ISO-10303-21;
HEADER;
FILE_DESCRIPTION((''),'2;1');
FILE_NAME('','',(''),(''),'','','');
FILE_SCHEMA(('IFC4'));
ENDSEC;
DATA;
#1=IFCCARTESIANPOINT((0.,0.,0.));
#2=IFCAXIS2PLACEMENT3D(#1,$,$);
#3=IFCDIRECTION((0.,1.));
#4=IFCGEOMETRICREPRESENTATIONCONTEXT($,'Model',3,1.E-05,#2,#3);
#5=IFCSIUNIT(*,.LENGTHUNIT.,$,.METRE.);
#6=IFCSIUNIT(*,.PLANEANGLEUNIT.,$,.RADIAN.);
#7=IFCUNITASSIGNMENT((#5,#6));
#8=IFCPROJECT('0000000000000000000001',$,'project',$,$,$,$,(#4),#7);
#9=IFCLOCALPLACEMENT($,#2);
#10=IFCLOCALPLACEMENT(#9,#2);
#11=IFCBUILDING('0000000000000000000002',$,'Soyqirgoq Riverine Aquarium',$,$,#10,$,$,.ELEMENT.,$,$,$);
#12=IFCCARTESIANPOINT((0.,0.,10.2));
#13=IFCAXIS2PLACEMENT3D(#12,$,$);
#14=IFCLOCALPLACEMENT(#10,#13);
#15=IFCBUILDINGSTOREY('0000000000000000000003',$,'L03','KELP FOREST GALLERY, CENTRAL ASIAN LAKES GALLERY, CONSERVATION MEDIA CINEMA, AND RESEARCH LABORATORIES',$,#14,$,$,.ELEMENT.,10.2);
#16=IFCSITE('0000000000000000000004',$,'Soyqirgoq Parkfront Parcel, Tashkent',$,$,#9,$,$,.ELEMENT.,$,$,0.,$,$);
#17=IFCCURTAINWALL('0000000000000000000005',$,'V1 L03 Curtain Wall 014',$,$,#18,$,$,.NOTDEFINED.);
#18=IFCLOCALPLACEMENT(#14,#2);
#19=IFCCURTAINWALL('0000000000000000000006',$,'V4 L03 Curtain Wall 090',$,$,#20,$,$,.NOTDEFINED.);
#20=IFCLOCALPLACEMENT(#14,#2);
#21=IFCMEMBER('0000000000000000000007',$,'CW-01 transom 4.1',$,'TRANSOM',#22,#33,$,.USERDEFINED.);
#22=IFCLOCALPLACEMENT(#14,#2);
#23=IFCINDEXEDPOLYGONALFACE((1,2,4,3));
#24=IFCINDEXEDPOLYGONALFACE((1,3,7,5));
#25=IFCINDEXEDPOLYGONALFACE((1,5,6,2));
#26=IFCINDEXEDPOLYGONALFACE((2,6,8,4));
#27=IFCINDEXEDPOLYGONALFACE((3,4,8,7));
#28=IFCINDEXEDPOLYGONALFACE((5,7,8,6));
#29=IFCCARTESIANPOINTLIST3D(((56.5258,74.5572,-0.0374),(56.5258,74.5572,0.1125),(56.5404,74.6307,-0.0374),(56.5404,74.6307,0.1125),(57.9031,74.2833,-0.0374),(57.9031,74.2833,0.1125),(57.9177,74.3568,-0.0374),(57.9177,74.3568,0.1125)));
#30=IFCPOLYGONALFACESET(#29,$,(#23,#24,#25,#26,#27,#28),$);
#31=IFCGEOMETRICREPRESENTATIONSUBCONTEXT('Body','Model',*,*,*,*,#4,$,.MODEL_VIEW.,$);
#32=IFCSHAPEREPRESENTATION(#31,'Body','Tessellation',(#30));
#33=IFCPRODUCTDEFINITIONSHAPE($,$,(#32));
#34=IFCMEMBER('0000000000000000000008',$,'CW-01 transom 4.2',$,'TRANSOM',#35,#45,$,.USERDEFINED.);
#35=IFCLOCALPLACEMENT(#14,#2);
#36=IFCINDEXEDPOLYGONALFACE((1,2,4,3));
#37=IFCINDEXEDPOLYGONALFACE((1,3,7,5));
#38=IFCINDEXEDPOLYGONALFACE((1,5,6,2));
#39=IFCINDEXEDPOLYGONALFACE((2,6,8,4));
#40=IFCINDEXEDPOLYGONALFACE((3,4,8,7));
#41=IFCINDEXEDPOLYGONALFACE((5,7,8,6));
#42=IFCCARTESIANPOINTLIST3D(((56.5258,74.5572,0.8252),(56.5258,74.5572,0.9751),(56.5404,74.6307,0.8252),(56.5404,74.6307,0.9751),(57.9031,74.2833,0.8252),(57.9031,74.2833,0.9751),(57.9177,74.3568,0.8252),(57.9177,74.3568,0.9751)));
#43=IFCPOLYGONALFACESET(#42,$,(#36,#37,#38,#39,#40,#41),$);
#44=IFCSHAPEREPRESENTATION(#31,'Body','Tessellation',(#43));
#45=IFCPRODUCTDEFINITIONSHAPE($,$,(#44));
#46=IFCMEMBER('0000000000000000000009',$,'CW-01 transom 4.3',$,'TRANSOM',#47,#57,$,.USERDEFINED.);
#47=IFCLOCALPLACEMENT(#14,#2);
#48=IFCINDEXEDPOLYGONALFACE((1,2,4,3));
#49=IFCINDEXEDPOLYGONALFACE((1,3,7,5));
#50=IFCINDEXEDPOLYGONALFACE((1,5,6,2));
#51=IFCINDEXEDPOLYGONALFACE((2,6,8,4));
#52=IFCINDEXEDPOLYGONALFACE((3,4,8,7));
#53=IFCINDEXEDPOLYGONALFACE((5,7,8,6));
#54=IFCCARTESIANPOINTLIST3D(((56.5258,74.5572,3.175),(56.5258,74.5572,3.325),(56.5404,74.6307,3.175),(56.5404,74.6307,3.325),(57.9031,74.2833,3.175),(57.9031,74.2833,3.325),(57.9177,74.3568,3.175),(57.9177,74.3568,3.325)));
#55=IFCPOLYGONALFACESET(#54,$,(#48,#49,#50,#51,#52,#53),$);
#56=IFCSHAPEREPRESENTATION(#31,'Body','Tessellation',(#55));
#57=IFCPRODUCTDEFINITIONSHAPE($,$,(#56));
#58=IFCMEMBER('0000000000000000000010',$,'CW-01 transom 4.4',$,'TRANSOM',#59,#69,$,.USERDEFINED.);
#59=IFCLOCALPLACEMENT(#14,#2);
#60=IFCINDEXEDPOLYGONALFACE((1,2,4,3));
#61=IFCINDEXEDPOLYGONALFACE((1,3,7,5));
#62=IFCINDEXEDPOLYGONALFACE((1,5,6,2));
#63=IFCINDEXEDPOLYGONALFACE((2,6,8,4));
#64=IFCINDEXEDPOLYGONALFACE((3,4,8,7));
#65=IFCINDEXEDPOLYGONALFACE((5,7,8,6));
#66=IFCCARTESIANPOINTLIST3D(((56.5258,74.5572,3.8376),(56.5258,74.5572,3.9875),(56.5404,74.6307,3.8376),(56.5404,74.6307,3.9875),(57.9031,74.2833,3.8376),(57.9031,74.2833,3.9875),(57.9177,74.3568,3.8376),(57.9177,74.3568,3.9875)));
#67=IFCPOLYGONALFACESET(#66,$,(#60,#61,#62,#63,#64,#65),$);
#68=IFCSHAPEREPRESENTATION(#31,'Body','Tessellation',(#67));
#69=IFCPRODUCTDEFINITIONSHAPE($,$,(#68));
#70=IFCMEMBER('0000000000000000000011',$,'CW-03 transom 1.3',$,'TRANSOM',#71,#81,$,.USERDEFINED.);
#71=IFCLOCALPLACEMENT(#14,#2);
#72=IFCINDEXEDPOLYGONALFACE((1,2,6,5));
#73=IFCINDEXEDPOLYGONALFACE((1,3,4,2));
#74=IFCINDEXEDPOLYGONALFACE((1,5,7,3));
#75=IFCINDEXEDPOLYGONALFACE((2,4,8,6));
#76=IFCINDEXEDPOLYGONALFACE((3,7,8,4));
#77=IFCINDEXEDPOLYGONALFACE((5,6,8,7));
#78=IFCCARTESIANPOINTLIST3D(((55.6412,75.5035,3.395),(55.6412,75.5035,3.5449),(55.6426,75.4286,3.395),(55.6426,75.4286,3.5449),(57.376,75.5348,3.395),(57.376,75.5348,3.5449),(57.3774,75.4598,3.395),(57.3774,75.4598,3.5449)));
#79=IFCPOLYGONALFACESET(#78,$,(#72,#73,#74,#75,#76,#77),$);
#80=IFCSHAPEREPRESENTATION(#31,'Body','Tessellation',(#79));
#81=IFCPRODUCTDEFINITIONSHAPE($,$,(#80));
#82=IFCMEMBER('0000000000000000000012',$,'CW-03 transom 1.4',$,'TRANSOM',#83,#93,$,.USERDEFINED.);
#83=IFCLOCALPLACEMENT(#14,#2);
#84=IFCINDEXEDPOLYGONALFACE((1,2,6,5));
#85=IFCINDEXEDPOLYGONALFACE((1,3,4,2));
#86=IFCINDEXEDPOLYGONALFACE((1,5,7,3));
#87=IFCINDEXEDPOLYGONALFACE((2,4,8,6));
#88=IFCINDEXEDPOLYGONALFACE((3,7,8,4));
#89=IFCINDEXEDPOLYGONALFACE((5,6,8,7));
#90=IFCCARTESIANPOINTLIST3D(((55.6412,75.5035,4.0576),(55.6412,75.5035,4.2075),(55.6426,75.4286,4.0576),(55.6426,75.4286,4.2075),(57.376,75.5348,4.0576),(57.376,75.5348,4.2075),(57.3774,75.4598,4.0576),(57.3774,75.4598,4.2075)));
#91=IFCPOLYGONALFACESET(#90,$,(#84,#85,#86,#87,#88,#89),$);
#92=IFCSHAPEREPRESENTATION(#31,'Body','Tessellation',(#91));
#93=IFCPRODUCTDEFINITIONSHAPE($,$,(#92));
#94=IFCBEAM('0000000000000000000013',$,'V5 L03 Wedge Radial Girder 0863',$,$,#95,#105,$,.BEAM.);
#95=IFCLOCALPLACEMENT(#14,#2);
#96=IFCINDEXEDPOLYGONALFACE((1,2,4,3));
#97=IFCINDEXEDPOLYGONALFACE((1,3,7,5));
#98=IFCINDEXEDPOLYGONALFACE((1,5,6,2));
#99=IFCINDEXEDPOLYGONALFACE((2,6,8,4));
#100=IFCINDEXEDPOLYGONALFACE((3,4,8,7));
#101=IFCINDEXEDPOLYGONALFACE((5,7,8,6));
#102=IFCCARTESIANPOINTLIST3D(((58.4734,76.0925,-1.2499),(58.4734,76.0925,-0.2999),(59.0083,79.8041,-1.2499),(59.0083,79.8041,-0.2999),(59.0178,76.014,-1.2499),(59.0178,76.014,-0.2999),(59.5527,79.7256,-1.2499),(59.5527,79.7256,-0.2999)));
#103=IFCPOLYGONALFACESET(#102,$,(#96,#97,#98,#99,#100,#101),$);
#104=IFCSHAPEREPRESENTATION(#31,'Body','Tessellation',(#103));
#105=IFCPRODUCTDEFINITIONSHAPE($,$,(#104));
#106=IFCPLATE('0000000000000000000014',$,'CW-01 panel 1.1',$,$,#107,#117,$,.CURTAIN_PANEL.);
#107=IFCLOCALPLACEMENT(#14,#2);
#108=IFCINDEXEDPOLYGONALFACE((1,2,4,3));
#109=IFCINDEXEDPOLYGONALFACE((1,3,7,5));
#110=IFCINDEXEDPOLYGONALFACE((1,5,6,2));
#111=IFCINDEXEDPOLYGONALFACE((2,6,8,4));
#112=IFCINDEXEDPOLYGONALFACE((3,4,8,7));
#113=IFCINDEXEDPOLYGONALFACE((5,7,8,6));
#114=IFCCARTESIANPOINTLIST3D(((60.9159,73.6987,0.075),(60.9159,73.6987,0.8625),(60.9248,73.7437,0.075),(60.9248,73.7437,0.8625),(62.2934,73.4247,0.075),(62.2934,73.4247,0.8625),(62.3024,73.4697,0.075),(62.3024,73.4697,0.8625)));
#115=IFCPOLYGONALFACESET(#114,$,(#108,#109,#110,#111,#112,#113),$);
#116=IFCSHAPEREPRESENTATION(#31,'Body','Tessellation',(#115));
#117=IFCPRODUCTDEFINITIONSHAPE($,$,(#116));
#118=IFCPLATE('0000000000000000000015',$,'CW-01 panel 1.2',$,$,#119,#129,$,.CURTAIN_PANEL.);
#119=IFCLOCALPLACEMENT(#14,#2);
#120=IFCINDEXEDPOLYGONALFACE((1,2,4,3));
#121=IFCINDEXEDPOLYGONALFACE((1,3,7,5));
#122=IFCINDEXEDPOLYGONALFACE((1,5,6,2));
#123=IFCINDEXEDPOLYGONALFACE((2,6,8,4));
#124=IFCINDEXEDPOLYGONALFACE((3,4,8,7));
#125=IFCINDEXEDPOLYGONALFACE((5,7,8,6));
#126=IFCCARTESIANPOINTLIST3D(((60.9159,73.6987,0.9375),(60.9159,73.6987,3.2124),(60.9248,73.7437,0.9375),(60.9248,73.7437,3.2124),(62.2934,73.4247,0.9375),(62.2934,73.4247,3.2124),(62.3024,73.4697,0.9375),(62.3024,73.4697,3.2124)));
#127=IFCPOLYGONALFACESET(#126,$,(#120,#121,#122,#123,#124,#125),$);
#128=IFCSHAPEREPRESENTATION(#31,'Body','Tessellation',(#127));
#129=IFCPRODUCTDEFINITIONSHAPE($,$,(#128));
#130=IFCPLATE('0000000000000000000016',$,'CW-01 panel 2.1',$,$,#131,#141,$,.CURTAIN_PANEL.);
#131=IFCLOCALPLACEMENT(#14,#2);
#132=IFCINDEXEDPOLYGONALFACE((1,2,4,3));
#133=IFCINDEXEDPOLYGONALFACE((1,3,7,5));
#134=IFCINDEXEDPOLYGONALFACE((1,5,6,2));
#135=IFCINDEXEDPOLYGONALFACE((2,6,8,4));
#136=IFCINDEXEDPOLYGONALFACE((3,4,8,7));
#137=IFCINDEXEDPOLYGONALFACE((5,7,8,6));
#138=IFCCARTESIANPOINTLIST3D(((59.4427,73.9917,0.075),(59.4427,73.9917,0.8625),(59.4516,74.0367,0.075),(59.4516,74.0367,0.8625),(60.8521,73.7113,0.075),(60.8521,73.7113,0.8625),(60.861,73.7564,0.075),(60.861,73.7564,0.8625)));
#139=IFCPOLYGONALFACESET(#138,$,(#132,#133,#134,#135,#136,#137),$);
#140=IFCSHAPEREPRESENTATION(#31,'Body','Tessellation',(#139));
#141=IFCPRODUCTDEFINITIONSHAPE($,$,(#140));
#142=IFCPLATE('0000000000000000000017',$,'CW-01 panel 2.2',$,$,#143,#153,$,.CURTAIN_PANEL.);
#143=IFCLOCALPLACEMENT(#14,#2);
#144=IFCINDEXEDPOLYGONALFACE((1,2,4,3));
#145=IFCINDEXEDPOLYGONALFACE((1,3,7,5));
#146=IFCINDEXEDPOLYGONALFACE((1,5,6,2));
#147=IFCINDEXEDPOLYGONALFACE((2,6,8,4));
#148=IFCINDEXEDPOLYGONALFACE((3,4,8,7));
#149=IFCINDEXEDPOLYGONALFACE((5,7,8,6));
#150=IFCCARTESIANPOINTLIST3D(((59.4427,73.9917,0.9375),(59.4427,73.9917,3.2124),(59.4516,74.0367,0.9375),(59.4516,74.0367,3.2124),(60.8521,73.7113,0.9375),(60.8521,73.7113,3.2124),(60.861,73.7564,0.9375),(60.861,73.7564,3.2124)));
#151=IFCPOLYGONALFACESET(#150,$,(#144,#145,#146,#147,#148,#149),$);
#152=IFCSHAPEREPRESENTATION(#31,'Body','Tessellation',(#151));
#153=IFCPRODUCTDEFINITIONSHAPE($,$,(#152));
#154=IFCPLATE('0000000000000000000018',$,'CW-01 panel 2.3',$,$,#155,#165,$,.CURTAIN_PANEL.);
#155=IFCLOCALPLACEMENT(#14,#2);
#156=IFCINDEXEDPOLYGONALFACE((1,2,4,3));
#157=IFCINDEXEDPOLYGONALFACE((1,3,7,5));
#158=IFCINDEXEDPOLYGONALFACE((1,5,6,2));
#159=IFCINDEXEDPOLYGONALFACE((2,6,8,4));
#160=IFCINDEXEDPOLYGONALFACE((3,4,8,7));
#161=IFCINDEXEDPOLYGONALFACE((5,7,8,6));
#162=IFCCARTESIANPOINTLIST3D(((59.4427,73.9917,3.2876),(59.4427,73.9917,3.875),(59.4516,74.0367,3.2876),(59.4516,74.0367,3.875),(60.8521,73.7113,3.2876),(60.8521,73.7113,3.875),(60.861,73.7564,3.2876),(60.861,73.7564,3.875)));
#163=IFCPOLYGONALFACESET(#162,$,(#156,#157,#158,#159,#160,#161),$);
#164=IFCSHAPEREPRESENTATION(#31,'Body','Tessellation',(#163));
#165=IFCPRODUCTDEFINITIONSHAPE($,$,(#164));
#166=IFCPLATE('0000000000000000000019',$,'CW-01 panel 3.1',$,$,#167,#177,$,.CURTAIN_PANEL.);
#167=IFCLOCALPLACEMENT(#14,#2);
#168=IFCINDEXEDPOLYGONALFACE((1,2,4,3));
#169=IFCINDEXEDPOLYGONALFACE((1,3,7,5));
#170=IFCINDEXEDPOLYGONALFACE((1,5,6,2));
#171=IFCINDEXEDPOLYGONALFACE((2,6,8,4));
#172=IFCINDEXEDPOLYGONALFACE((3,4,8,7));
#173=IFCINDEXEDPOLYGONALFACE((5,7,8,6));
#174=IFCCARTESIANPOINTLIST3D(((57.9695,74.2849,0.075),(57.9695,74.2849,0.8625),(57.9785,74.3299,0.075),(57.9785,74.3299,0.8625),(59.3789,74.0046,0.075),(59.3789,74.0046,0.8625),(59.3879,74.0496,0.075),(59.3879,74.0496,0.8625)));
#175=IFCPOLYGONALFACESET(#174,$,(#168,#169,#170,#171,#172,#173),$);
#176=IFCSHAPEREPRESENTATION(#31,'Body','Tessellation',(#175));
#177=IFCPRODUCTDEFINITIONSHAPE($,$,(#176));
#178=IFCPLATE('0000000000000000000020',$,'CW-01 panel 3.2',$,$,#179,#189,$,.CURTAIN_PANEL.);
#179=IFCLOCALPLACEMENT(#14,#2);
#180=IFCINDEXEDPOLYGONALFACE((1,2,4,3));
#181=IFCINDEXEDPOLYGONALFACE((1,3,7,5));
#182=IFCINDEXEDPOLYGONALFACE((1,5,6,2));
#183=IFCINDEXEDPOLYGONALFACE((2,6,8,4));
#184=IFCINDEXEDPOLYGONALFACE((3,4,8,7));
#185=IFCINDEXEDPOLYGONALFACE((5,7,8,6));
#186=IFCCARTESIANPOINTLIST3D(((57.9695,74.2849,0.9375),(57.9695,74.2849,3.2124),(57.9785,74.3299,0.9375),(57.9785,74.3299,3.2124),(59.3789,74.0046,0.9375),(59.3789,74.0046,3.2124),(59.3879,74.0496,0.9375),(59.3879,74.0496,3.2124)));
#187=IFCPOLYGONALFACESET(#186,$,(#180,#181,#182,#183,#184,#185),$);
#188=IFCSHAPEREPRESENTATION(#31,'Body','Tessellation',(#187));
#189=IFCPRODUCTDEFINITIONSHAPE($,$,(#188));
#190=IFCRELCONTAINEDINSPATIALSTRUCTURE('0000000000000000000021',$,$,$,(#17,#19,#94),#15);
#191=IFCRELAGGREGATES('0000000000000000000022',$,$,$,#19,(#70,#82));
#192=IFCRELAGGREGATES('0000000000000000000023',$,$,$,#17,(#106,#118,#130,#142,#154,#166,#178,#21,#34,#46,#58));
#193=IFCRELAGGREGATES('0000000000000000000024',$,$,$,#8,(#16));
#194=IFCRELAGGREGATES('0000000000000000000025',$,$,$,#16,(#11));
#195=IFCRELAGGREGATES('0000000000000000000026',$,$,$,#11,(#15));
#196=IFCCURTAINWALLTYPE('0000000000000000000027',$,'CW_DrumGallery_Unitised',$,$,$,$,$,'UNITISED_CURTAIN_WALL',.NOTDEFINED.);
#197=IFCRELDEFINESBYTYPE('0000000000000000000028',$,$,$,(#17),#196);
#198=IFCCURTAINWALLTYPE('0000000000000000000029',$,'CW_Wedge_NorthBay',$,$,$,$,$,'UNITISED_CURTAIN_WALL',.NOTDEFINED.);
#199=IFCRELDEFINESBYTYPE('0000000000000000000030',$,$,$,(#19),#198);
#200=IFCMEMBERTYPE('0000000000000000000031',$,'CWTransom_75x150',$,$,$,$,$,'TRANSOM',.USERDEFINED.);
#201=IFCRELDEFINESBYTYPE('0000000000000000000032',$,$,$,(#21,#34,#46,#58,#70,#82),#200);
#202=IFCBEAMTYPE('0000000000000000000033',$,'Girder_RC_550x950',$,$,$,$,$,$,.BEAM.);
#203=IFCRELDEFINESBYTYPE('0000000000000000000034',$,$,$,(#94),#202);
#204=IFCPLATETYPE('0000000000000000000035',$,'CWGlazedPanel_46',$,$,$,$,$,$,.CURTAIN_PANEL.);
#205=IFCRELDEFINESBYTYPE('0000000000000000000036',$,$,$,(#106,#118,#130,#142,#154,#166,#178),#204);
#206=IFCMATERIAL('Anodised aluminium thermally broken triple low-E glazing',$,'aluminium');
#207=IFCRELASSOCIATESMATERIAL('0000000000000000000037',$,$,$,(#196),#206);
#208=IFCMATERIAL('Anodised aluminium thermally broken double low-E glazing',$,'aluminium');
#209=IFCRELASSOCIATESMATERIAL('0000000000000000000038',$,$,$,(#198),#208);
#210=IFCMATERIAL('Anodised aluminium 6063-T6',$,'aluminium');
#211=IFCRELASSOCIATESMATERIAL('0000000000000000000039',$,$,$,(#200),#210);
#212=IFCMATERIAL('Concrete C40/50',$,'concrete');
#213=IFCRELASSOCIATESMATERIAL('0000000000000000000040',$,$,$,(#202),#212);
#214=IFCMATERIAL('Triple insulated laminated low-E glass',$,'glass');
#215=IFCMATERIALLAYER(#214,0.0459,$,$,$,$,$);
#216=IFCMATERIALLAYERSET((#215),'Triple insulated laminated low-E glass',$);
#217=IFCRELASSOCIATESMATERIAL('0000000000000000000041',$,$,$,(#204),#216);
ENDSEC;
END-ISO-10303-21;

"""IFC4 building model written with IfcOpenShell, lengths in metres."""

from ifc_helpers import new_model, si_unit, direction, frame, origin, origin_2d, place, context, subcontext, project, spatial, rectangle, extrude, material, layer, layer_set, material_profile, profile_set, type_object, element, aggregate, save


model = new_model("IFC4")

# Units and contexts
model_context = context("Model", 3, precision=1e-05, world=origin(), true_north=direction((0.0, 1.0)))
body_context = subcontext(model_context, "Body", "Model", "MODEL_VIEW")
ifc_project = project(units=[si_unit("LENGTHUNIT", "METRE"), si_unit("PLANEANGLEUNIT", "RADIAN")], contexts=[model_context])

# Site, building, storey
site_placement = place(None, origin())
site = spatial("IfcSite", under=ifc_project, at=site_placement, Name="Soyqirgoq Parkfront Parcel, Tashkent", CompositionType="ELEMENT", RefElevation=0.0)
building_placement = place(site_placement, origin())
building = spatial("IfcBuilding", under=site, at=building_placement, Name="Soyqirgoq Riverine Aquarium", CompositionType="ELEMENT")
storey_placement = place(building_placement, frame((0.0, 0.0, 10.2)))
storey = spatial("IfcBuildingStorey", under=building, at=storey_placement, Name="L03", Description="KELP FOREST GALLERY, CENTRAL ASIAN LAKES GALLERY, CONSERVATION MEDIA CINEMA, AND RESEARCH LABORATORIES", CompositionType="ELEMENT", Elevation=10.2)

# Curtain wall
ifc_material_1 = material(Name="Anodised aluminium thermally broken triple low-E glazing", Category="aluminium")
curtain_wall_type_1 = type_object("IfcCurtainWallType", Name="CW_DrumGallery_Unitised", ElementType="UNITISED_CURTAIN_WALL", PredefinedType="NOTDEFINED", material=ifc_material_1)
curtain_wall_1_placement = place(storey_placement, origin())
curtain_wall_1 = element("IfcCurtainWall", 1, at=curtain_wall_1_placement, inside=storey, type_object=curtain_wall_type_1, Name="V1 L03 Curtain Wall 014", PredefinedType="NOTDEFINED")

# Curtain wall
ifc_material_2 = material(Name="Anodised aluminium thermally broken double low-E glazing", Category="aluminium")
curtain_wall_type_2 = type_object("IfcCurtainWallType", Name="CW_Wedge_NorthBay", ElementType="UNITISED_CURTAIN_WALL", PredefinedType="NOTDEFINED", material=ifc_material_2)
curtain_wall_2_placement = place(storey_placement, origin())
curtain_wall_2 = element("IfcCurtainWall", 2, at=curtain_wall_2_placement, inside=storey, type_object=curtain_wall_type_2, Name="V4 L03 Curtain Wall 090", PredefinedType="NOTDEFINED")

# Members
ifc_material_3 = material(Name="Anodised aluminium 6063-T6", Category="aluminium")
ifc_material_profile_1 = material_profile(ifc_material_3, rectangle(XDim=0.075, YDim=0.1499, at=origin_2d()), Name="ALU-T 75x150")
ifc_profile_set_1 = profile_set([ifc_material_profile_1], Name="Anodised aluminium 6063-T6")
member_type_1 = type_object("IfcMemberType", Name="CWTransom_75x150", ElementType="TRANSOM", PredefinedType="USERDEFINED", material=ifc_profile_set_1)
member_1_placement = place(storey_placement, frame((57.9104, 74.3201, 0.0376), z_axis=(-0.980794, 0.195046, 0.0), x_axis=(-0.195046, -0.980794, 0.0)))
member_1 = element("IfcMember", 3, at=member_1_placement, type_object=member_type_1, Name="CW-01 transom 4.1", ObjectType="TRANSOM", PredefinedType="USERDEFINED", context=body_context, shape_type="SweptSolid", body=[
    extrude(rectangle(XDim=0.075, YDim=0.1499, at=origin_2d()), origin(), (0.0, 0.0, 1.0), 1.4043),
])
member_2_placement = place(storey_placement, frame((57.9104, 74.3201, 0.9001), z_axis=(-0.980794, 0.195046, 0.0), x_axis=(-0.195046, -0.980794, 0.0)))
member_2 = element("IfcMember", 4, at=member_2_placement, type_object=member_type_1, Name="CW-01 transom 4.2", ObjectType="TRANSOM", PredefinedType="USERDEFINED", context=body_context, shape_type="SweptSolid", body=[
    extrude(rectangle(XDim=0.075, YDim=0.1499, at=origin_2d()), origin(), (0.0, 0.0, 1.0), 1.4043),
])
member_3_placement = place(storey_placement, frame((57.9104, 74.3201, 3.25), z_axis=(-0.980794, 0.195046, 0.0), x_axis=(-0.195046, -0.980794, 0.0)))
member_3 = element("IfcMember", 5, at=member_3_placement, type_object=member_type_1, Name="CW-01 transom 4.3", ObjectType="TRANSOM", PredefinedType="USERDEFINED", context=body_context, shape_type="SweptSolid", body=[
    extrude(rectangle(XDim=0.075, YDim=0.1499, at=origin_2d()), origin(), (0.0, 0.0, 1.0), 1.4043),
])
member_4_placement = place(storey_placement, frame((57.9104, 74.3201, 3.9126), z_axis=(-0.980794, 0.195046, 0.0), x_axis=(-0.195046, -0.980794, 0.0)))
member_4 = element("IfcMember", 6, at=member_4_placement, type_object=member_type_1, Name="CW-01 transom 4.4", ObjectType="TRANSOM", PredefinedType="USERDEFINED", context=body_context, shape_type="SweptSolid", body=[
    extrude(rectangle(XDim=0.075, YDim=0.1499, at=origin_2d()), origin(), (0.0, 0.0, 1.0), 1.4043),
])
member_5_placement = place(storey_placement, frame((57.3767, 75.4973, 3.47), z_axis=(-0.999838, -0.01801, 0.0), x_axis=(0.01801, -0.999838, 0.0)))
member_5 = element("IfcMember", 7, at=member_5_placement, type_object=member_type_1, Name="CW-03 transom 1.3", ObjectType="TRANSOM", PredefinedType="USERDEFINED", context=body_context, shape_type="SweptSolid", body=[
    extrude(rectangle(XDim=0.075, YDim=0.1499, at=origin_2d()), origin(), (0.0, 0.0, 1.0), 1.7351),
])
member_6_placement = place(storey_placement, frame((57.3767, 75.4973, 4.1326), z_axis=(-0.999838, -0.01801, 0.0), x_axis=(0.01801, -0.999838, 0.0)))
member_6 = element("IfcMember", 8, at=member_6_placement, type_object=member_type_1, Name="CW-03 transom 1.4", ObjectType="TRANSOM", PredefinedType="USERDEFINED", context=body_context, shape_type="SweptSolid", body=[
    extrude(rectangle(XDim=0.075, YDim=0.1499, at=origin_2d()), origin(), (0.0, 0.0, 1.0), 1.7351),
])
aggregate(curtain_wall_2, [member_5, member_6])

# Beam
ifc_material_4 = material(Name="Concrete C40/50", Category="concrete")
ifc_material_profile_2 = material_profile(ifc_material_4, rectangle(XDim=0.55, YDim=0.95, at=origin_2d()), Name="RC 550x950")
ifc_profile_set_2 = profile_set([ifc_material_profile_2], Name="Concrete C40/50")
beam_type = type_object("IfcBeamType", Name="Girder_RC_550x950", PredefinedType="BEAM", material=ifc_profile_set_2)
beam_placement = place(storey_placement, frame((58.7456, 76.0532, -0.7749), z_axis=(0.142643, 0.989774, 0.0), x_axis=(-0.989774, 0.142643, 0.0)))
element("IfcBeam", 9, at=beam_placement, inside=storey, type_object=beam_type, Name="V5 L03 Wedge Radial Girder 0863", PredefinedType="BEAM", context=body_context, shape_type="SweptSolid", body=[
    extrude(rectangle(XDim=0.55, YDim=0.95, at=origin_2d()), origin(), (0.0, 0.0, 1.0), 3.75),
])

# Plates
ifc_material_5 = material(Name="Triple insulated laminated low-E glass", Category="glass")
ifc_layer_1 = layer(ifc_material_5, 0.0459)
ifc_layer_set_1 = layer_set([ifc_layer_1], Name="Triple insulated laminated low-E glass")
plate_type = type_object("IfcPlateType", Name="CWGlazedPanel_46", PredefinedType="CURTAIN_PANEL", material=ifc_layer_set_1)
plate_1_placement = place(storey_placement, frame((61.6091, 73.5842, 0.075), z_axis=(0.0, 0.0, 1.0), x_axis=(-0.980784, 0.195095, 0.0)))
plate_1 = element("IfcPlate", 10, at=plate_1_placement, type_object=plate_type, Name="CW-01 panel 1.1", PredefinedType="CURTAIN_PANEL", context=body_context, shape_type="SweptSolid", body=[
    extrude(rectangle(XDim=1.4045, YDim=0.0459, at=origin_2d()), origin(), (0.0, 0.0, 1.0), 0.7876),
])
plate_2_placement = place(storey_placement, frame((61.6091, 73.5842, 0.9375), z_axis=(0.0, 0.0, 1.0), x_axis=(-0.980784, 0.195095, 0.0)))
plate_2 = element("IfcPlate", 11, at=plate_2_placement, type_object=plate_type, Name="CW-01 panel 1.2", PredefinedType="CURTAIN_PANEL", context=body_context, shape_type="SweptSolid", body=[
    extrude(rectangle(XDim=1.4045, YDim=0.0459, at=origin_2d()), origin(), (0.0, 0.0, 1.0), 2.2749),
])
plate_3_placement = place(storey_placement, frame((60.1519, 73.874, 0.075), z_axis=(0.0, 0.0, 1.0), x_axis=(-0.980784, 0.195095, 0.0)))
plate_3 = element("IfcPlate", 12, at=plate_3_placement, type_object=plate_type, Name="CW-01 panel 2.1", PredefinedType="CURTAIN_PANEL", context=body_context, shape_type="SweptSolid", body=[
    extrude(rectangle(XDim=1.437, YDim=0.0459, at=origin_2d()), origin(), (0.0, 0.0, 1.0), 0.7876),
])
plate_4_placement = place(storey_placement, frame((60.1519, 73.874, 0.9375), z_axis=(0.0, 0.0, 1.0), x_axis=(-0.980784, 0.195095, 0.0)))
plate_4 = element("IfcPlate", 13, at=plate_4_placement, type_object=plate_type, Name="CW-01 panel 2.2", PredefinedType="CURTAIN_PANEL", context=body_context, shape_type="SweptSolid", body=[
    extrude(rectangle(XDim=1.437, YDim=0.0459, at=origin_2d()), origin(), (0.0, 0.0, 1.0), 2.2749),
])
plate_5_placement = place(storey_placement, frame((60.1519, 73.874, 3.2876), z_axis=(0.0, 0.0, 1.0), x_axis=(-0.980784, 0.195095, 0.0)))
plate_5 = element("IfcPlate", 14, at=plate_5_placement, type_object=plate_type, Name="CW-01 panel 2.3", PredefinedType="CURTAIN_PANEL", context=body_context, shape_type="SweptSolid", body=[
    extrude(rectangle(XDim=1.437, YDim=0.0459, at=origin_2d()), origin(), (0.0, 0.0, 1.0), 0.5874),
])
plate_6_placement = place(storey_placement, frame((58.6787, 74.1672, 0.075), z_axis=(0.0, 0.0, 1.0), x_axis=(-0.980784, 0.195095, 0.0)))
plate_6 = element("IfcPlate", 15, at=plate_6_placement, type_object=plate_type, Name="CW-01 panel 3.1", PredefinedType="CURTAIN_PANEL", context=body_context, shape_type="SweptSolid", body=[
    extrude(rectangle(XDim=1.437, YDim=0.0459, at=origin_2d()), origin(), (0.0, 0.0, 1.0), 0.7876),
])
plate_7_placement = place(storey_placement, frame((58.6787, 74.1672, 0.9375), z_axis=(0.0, 0.0, 1.0), x_axis=(-0.980784, 0.195095, 0.0)))
plate_7 = element("IfcPlate", 16, at=plate_7_placement, type_object=plate_type, Name="CW-01 panel 3.2", PredefinedType="CURTAIN_PANEL", context=body_context, shape_type="SweptSolid", body=[
    extrude(rectangle(XDim=1.437, YDim=0.0459, at=origin_2d()), origin(), (0.0, 0.0, 1.0), 2.2749),
])
aggregate(curtain_wall_1, [plate_1, plate_2, plate_3, plate_4, plate_5, plate_6, plate_7, member_1, member_2, member_3, member_4])

save(model, "model.ifc")
